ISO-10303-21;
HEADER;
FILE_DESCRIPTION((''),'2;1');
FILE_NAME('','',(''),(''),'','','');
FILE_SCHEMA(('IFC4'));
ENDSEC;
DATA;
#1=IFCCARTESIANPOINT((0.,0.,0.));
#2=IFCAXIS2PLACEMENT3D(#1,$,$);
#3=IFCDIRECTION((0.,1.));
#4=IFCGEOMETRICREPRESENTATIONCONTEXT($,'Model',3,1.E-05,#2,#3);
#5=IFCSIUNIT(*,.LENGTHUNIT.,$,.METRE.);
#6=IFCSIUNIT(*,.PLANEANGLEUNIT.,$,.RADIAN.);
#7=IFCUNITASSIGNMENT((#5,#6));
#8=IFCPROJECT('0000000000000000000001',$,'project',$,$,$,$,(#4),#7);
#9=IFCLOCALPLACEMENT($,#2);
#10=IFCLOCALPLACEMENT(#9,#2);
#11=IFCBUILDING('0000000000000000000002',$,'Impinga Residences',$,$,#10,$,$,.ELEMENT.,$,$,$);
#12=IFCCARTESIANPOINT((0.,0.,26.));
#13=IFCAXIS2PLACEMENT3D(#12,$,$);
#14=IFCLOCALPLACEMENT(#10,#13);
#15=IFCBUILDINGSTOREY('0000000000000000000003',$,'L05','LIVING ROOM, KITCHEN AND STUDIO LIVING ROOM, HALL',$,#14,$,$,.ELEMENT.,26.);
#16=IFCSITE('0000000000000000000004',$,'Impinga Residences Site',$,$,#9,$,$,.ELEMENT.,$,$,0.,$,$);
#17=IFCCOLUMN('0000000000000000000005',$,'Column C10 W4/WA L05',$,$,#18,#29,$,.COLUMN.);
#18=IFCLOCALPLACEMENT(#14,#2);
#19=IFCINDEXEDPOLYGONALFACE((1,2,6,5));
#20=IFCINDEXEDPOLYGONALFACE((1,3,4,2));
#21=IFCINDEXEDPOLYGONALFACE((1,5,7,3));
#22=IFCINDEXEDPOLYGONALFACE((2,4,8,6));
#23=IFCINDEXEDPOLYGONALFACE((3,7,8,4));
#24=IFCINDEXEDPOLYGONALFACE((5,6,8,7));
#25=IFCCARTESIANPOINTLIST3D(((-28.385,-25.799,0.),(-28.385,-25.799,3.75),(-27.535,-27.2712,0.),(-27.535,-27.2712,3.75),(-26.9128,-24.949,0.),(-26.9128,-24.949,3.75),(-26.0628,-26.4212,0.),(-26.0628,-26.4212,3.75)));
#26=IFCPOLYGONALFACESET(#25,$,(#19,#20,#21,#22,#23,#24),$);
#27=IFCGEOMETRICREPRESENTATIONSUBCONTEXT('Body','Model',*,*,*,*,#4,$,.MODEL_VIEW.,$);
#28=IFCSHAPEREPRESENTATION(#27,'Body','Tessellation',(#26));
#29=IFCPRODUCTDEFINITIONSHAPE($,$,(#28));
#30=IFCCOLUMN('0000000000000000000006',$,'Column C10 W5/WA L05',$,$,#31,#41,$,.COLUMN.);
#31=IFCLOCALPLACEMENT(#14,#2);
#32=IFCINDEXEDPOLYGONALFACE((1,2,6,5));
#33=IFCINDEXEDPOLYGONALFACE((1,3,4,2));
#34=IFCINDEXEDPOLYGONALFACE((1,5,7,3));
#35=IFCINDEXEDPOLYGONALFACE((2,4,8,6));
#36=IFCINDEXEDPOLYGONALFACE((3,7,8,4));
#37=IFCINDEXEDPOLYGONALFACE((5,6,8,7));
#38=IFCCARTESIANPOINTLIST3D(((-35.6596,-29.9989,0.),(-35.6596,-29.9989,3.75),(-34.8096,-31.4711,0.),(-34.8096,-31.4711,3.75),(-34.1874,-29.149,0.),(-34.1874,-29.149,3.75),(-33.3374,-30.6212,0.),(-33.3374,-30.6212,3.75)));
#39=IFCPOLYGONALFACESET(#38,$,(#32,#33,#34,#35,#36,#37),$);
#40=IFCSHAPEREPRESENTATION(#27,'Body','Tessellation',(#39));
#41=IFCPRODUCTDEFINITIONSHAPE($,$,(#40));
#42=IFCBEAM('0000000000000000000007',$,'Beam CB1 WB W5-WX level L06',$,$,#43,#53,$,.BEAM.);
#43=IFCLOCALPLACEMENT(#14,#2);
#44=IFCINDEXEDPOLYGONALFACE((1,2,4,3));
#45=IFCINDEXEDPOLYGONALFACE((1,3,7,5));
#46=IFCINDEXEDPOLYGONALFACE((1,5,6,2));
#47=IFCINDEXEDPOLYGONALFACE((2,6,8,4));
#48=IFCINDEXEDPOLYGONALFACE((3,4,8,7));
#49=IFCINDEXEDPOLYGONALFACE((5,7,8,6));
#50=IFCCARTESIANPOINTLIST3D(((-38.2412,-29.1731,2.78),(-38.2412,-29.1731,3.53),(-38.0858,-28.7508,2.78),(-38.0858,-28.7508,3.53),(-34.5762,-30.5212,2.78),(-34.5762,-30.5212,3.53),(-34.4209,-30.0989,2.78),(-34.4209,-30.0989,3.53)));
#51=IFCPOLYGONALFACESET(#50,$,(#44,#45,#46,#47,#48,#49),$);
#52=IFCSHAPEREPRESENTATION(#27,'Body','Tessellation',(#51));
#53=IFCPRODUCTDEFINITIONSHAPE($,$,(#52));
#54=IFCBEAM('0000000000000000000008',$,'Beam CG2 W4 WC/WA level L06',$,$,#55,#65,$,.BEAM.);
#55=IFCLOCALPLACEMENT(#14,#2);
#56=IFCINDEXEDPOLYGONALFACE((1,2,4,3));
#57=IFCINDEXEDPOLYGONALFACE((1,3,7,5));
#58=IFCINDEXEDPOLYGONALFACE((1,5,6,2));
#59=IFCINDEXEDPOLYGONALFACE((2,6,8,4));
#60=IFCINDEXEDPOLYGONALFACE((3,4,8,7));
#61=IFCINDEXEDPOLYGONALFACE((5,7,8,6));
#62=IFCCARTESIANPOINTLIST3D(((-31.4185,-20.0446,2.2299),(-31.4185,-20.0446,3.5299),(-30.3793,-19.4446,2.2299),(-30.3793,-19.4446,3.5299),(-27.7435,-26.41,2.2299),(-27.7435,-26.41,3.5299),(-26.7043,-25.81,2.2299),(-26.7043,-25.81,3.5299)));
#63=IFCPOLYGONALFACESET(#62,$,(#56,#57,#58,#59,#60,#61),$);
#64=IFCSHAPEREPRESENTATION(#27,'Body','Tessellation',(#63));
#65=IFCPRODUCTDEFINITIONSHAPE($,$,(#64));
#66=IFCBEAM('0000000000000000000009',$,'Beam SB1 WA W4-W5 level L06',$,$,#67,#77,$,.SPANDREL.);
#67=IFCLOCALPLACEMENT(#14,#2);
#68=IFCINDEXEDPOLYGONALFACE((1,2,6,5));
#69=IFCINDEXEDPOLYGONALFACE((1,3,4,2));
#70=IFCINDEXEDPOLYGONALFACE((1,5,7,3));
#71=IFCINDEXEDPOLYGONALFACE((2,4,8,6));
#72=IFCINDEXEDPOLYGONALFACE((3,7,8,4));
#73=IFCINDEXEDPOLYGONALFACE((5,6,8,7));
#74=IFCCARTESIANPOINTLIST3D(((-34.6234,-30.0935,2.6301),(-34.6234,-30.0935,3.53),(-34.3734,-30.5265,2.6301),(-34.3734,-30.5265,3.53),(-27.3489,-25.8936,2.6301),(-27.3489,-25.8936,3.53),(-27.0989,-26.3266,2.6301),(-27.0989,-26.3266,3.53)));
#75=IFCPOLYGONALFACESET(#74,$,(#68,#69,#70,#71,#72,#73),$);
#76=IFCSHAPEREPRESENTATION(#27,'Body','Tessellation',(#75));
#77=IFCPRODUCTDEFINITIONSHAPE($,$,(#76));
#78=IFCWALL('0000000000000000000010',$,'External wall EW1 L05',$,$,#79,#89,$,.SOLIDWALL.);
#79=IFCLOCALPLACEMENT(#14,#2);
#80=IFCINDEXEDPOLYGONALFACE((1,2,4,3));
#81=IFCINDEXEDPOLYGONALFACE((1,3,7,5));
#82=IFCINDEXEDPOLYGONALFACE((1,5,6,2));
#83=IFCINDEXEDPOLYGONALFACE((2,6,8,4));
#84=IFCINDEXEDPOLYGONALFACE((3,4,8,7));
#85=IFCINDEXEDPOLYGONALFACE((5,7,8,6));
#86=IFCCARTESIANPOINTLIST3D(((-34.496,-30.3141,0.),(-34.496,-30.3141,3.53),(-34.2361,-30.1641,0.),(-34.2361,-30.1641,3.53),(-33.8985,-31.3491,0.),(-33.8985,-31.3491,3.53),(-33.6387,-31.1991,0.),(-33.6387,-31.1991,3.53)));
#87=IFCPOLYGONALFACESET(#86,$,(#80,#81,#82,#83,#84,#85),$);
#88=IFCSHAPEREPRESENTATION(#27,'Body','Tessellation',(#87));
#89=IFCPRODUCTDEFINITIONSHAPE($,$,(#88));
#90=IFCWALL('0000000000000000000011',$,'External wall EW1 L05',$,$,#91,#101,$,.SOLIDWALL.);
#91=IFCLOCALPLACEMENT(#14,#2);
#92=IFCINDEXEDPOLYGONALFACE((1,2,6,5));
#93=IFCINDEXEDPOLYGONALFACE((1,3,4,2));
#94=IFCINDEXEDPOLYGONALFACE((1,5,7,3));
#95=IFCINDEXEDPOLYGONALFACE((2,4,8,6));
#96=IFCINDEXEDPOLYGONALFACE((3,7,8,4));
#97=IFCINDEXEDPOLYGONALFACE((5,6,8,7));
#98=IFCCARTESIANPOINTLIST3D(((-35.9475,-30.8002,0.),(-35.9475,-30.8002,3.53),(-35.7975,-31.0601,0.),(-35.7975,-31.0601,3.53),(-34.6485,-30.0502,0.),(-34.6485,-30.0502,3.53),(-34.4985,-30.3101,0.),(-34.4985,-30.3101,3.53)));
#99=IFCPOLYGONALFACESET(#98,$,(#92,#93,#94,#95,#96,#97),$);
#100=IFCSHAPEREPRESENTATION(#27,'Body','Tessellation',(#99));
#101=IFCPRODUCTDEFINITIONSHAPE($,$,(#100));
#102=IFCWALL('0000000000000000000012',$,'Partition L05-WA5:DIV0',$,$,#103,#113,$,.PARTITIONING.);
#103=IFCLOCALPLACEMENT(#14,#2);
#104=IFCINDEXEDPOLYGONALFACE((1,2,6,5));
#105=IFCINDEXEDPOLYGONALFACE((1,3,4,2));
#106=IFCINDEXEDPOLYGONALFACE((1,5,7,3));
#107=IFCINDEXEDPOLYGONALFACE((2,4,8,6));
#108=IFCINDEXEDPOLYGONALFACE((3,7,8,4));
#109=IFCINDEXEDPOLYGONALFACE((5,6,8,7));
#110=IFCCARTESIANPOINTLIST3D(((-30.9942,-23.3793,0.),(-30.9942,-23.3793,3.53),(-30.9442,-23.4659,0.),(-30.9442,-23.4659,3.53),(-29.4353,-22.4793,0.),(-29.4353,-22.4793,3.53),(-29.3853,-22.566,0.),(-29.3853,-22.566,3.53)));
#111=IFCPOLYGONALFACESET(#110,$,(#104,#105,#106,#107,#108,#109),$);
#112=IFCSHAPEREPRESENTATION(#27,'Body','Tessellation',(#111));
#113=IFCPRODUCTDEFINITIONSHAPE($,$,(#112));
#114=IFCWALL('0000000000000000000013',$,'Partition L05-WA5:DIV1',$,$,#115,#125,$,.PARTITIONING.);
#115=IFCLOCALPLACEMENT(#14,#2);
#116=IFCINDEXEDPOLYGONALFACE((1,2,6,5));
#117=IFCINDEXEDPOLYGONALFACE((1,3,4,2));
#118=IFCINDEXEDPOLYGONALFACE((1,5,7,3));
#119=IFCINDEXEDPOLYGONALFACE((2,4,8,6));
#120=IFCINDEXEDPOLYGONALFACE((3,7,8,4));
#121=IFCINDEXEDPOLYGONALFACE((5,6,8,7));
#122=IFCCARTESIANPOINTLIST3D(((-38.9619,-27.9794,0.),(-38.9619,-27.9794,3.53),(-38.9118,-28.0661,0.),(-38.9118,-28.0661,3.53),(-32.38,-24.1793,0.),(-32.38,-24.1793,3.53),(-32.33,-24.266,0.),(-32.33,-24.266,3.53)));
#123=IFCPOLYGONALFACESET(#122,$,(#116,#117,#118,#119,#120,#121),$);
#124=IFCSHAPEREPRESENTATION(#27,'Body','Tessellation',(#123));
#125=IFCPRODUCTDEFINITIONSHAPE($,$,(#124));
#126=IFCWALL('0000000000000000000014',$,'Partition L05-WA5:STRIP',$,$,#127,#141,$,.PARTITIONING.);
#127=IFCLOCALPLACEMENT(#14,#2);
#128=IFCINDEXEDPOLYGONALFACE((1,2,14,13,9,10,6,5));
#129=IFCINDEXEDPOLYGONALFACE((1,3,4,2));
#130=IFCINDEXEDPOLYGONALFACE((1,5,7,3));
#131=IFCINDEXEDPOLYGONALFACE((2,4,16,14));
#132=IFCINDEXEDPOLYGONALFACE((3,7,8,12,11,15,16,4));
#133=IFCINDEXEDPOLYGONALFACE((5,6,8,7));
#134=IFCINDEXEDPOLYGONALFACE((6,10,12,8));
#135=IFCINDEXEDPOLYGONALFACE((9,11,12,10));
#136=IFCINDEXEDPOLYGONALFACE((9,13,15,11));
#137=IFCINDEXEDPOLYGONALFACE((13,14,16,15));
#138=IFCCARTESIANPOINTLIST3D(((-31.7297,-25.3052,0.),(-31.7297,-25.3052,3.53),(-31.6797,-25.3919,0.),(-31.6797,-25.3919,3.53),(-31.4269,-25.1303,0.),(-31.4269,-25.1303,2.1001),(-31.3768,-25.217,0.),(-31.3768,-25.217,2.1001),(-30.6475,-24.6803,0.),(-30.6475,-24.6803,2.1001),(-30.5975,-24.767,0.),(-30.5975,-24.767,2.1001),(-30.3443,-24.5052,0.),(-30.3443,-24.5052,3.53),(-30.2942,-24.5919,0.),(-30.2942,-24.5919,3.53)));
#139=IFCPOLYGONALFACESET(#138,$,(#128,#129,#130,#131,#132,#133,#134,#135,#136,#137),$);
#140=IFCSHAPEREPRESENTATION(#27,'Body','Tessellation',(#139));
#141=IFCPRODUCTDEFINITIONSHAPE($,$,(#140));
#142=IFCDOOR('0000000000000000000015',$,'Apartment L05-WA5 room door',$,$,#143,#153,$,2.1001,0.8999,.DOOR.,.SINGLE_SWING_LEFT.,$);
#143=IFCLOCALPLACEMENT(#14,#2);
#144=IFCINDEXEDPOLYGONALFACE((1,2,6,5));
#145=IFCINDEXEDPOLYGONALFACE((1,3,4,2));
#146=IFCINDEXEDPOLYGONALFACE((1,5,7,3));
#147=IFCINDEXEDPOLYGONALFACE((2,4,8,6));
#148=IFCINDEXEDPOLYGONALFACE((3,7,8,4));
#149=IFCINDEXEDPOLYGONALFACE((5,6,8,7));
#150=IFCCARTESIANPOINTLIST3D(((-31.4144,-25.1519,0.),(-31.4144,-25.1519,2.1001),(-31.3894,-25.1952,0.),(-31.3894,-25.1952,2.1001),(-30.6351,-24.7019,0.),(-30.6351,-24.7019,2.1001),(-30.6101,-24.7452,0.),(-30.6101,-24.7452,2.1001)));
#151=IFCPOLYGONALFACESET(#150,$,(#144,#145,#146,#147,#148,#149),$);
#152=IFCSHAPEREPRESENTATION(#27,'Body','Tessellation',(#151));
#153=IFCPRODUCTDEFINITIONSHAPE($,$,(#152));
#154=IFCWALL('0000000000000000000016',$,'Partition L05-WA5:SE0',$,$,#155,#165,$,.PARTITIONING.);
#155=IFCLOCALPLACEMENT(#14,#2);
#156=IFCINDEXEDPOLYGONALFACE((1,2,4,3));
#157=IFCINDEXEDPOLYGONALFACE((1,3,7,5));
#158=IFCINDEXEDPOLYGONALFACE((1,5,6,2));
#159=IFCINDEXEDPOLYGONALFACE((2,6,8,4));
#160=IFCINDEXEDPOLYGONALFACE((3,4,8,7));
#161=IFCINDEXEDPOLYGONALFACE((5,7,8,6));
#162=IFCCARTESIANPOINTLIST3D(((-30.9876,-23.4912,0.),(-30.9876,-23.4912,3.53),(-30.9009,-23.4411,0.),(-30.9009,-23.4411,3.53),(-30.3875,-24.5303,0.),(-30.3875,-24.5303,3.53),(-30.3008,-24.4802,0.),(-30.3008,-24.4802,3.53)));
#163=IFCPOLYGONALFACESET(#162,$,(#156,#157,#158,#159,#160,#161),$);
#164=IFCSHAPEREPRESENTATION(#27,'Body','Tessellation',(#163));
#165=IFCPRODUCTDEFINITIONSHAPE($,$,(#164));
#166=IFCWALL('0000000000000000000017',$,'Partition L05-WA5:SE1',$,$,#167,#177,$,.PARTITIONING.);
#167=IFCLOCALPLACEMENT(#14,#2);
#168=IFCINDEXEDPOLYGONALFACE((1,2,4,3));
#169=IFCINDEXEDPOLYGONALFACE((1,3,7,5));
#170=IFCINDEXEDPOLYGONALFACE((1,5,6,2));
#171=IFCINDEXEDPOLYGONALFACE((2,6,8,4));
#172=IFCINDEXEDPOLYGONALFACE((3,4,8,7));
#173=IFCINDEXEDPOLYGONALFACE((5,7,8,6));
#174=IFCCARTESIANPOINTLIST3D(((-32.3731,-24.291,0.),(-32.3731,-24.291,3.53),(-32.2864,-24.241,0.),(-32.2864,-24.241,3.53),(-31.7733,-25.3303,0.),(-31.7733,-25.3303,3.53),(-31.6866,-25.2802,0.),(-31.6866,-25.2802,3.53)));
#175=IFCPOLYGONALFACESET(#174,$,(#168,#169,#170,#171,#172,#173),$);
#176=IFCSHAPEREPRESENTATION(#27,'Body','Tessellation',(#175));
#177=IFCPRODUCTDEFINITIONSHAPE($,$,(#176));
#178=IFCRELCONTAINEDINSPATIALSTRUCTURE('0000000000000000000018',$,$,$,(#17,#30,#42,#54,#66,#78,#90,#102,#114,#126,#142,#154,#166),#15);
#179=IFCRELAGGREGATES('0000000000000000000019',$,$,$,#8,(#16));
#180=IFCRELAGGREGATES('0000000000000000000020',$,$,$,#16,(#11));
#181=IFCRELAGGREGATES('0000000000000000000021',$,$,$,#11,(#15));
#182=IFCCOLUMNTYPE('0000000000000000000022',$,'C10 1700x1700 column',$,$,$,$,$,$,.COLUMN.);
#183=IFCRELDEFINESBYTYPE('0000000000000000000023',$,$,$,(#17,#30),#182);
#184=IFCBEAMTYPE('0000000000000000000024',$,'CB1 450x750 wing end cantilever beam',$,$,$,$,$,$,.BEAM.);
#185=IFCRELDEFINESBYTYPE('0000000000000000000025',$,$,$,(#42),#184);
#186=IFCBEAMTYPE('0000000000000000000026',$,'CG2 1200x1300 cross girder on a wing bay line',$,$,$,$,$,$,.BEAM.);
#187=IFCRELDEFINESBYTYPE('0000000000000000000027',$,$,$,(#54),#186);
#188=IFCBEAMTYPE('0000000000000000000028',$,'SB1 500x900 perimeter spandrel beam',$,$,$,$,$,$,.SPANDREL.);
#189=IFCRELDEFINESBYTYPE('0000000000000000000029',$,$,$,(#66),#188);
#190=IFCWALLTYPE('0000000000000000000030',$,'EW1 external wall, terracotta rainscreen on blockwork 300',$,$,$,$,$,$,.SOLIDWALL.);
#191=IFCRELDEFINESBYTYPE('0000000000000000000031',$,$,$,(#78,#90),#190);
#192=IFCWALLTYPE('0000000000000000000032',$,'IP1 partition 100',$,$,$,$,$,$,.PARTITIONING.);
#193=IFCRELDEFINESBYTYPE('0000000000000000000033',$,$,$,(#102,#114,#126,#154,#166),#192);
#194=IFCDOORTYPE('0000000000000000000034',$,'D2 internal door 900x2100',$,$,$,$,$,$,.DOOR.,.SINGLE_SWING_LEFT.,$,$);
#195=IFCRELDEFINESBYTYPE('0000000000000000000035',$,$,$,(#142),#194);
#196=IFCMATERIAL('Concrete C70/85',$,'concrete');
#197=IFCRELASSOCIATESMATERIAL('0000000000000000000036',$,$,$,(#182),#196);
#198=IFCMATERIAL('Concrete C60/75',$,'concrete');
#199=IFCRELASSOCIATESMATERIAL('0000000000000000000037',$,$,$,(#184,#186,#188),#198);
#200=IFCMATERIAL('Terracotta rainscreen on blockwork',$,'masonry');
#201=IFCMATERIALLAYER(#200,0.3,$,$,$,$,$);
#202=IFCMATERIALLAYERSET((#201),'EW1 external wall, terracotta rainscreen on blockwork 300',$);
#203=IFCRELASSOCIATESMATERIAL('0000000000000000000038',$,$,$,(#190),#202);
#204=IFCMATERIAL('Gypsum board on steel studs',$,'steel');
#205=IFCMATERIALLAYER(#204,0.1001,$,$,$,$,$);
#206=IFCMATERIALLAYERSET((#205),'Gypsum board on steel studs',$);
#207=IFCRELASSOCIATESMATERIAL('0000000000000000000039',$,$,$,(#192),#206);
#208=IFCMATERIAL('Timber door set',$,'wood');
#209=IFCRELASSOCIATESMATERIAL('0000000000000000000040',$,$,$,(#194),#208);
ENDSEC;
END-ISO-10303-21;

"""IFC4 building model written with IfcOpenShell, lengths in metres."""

from ifc_helpers import new_model, si_unit, direction, frame, frame_2d, origin, origin_2d, place, context, subcontext, project, spatial, rectangle, extrude, material, layer, layer_set, material_profile, profile_set, type_object, element, fill, save


model = new_model("IFC4")

# Units and contexts
model_context = context("Model", 3, precision=1e-05, world=origin(), true_north=direction((0.0, 1.0)))
body_context = subcontext(model_context, "Body", "Model", "MODEL_VIEW")
ifc_project = project(units=[si_unit("LENGTHUNIT", "METRE"), si_unit("PLANEANGLEUNIT", "RADIAN")], contexts=[model_context])

# Site, building, storey
site_placement = place(None, origin())
site = spatial("IfcSite", under=ifc_project, at=site_placement, Name="Impinga Residences Site", CompositionType="ELEMENT", RefElevation=0.0)
building_placement = place(site_placement, origin())
building = spatial("IfcBuilding", under=site, at=building_placement, Name="Impinga Residences", CompositionType="ELEMENT")
storey_placement = place(building_placement, frame((0.0, 0.0, 26.0)))
storey = spatial("IfcBuildingStorey", under=building, at=storey_placement, Name="L05", Description="LIVING ROOM, KITCHEN AND STUDIO LIVING ROOM, HALL", CompositionType="ELEMENT", Elevation=26.0)

# Columns
ifc_material_1 = material(Name="Concrete C70/85", Category="concrete")
ifc_material_profile_1 = material_profile(ifc_material_1, rectangle(XDim=1.7, YDim=1.7, at=origin_2d()), Name="RC 1700x1700")
ifc_profile_set_1 = profile_set([ifc_material_profile_1], Name="Concrete C70/85")
column_type = type_object("IfcColumnType", Name="C10 1700x1700 column", PredefinedType="COLUMN", material=ifc_profile_set_1)
for number, where, z_axis, x_axis, name in (
    (1, (-27.2239, -26.1101, 0.0), (0.0, 0.0, 1.0), (-0.5, 0.866025, 0.0), "Column C10 W4/WA L05"),
    (2, (-34.4985, -30.3101, 0.0), (0.0, 0.0, 1.0), (-0.5, 0.866025, 0.0), "Column C10 W5/WA L05"),
):
    element("IfcColumn", number, at=place(storey_placement, frame(where, z_axis=z_axis, x_axis=x_axis)), inside=storey, type_object=column_type, Name=name, PredefinedType="COLUMN", context=body_context, shape_type="SweptSolid", body=[
        extrude(rectangle(XDim=1.7, YDim=1.7, at=origin_2d()), origin(), (0.0, 0.0, 1.0), 3.75),
    ])

# Beams
ifc_material_2 = material(Name="Concrete C60/75", Category="concrete")
ifc_material_profile_2 = material_profile(ifc_material_2, rectangle(XDim=0.45, YDim=0.75, at=origin_2d()), Name="RC 450x750")
ifc_profile_set_2 = profile_set([ifc_material_profile_2], Name="Concrete C60/75")
beam_type_1 = type_object("IfcBeamType", Name="CB1 450x750 wing end cantilever beam", PredefinedType="BEAM", material=ifc_profile_set_2)
beam_1_placement = place(storey_placement, frame((-34.4985, -30.3101, 3.155), z_axis=(-0.93852, 0.345224, 0.0), x_axis=(-0.345224, -0.93852, 0.0)))
element("IfcBeam", 3, at=beam_1_placement, inside=storey, type_object=beam_type_1, Name="Beam CB1 WB W5-WX level L06", PredefinedType="BEAM", context=body_context, shape_type="SweptSolid", body=[
    extrude(rectangle(XDim=0.45, YDim=0.75, at=origin_2d()), origin(), (0.0, 0.0, 1.0), 3.905),
])
ifc_material_profile_3 = material_profile(ifc_material_2, rectangle(XDim=1.2, YDim=1.3, at=origin_2d()), Name="RC 1200x1300")
ifc_profile_set_3 = profile_set([ifc_material_profile_3], Name="Concrete C60/75")
beam_type_2 = type_object("IfcBeamType", Name="CG2 1200x1300 cross girder on a wing bay line", PredefinedType="BEAM", material=ifc_profile_set_3)
beam_2_placement = place(storey_placement, frame((-30.8989, -19.7446, 2.8799), z_axis=(0.499994, -0.866029, 0.0), x_axis=(0.866029, 0.499994, 0.0)))
element("IfcBeam", 4, at=beam_2_placement, inside=storey, type_object=beam_type_2, Name="Beam CG2 W4 WC/WA level L06", PredefinedType="BEAM", context=body_context, shape_type="SweptSolid", body=[
    extrude(rectangle(XDim=1.2, YDim=1.3, at=origin_2d()), origin(), (0.0, 0.0, 1.0), 7.3501),
])
ifc_material_profile_4 = material_profile(ifc_material_2, rectangle(XDim=0.5, YDim=0.8999, at=origin_2d()), Name="RC 500x900")
ifc_profile_set_4 = profile_set([ifc_material_profile_4], Name="Concrete C60/75")
beam_type_3 = type_object("IfcBeamType", Name="SB1 500x900 perimeter spandrel beam", PredefinedType="SPANDREL", material=ifc_profile_set_4)
beam_3_placement = place(storey_placement, frame((-27.2239, -26.1101, 3.0801), z_axis=(-0.866029, -0.499993, 0.0), x_axis=(0.499993, -0.866029, 0.0)))
element("IfcBeam", 5, at=beam_3_placement, inside=storey, type_object=beam_type_3, Name="Beam SB1 WA W4-W5 level L06", PredefinedType="SPANDREL", context=body_context, shape_type="SweptSolid", body=[
    extrude(rectangle(XDim=0.5, YDim=0.8999, at=origin_2d()), origin(), (0.0, 0.0, 1.0), 8.3999),
])

# Walls
ifc_material_3 = material(Name="Terracotta rainscreen on blockwork", Category="masonry")
ifc_layer_1 = layer(ifc_material_3, 0.3)
ifc_layer_set_1 = layer_set([ifc_layer_1], Name="EW1 external wall, terracotta rainscreen on blockwork 300")
wall_type_1 = type_object("IfcWallType", Name="EW1 external wall, terracotta rainscreen on blockwork 300", PredefinedType="SOLIDWALL", material=ifc_layer_set_1)
wall_1_placement = place(storey_placement, frame((-33.7686, -31.2742, 0.0), z_axis=(0.0, 0.0, 1.0), x_axis=(-0.499941, 0.86606, 0.0)))
element("IfcWall", 6, at=wall_1_placement, inside=storey, type_object=wall_type_1, Name="External wall EW1 L05", PredefinedType="SOLIDWALL", context=body_context, shape_type="SweptSolid", body=[
    extrude(rectangle(XDim=1.1951, YDim=0.3, at=frame_2d((0.5977, 0.0))), origin(), (0.0, 0.0, 1.0), 3.53),
])
wall_2_placement = place(storey_placement, frame((-34.5735, -30.1802, 0.0), z_axis=(0.0, 0.0, 1.0), x_axis=(-0.866031, -0.49999, 0.0)))
element("IfcWall", 7, at=wall_2_placement, inside=storey, type_object=wall_type_1, Name="External wall EW1 L05", PredefinedType="SOLIDWALL", context=body_context, shape_type="SweptSolid", body=[
    extrude(rectangle(XDim=1.5, YDim=0.3, at=frame_2d((0.75, 0.0))), origin(), (0.0, 0.0, 1.0), 3.53),
])
ifc_material_4 = material(Name="Gypsum board on steel studs", Category="steel")
ifc_layer_2 = layer(ifc_material_4, 0.1001)
ifc_layer_set_2 = layer_set([ifc_layer_2], Name="Gypsum board on steel studs")
wall_type_2 = type_object("IfcWallType", Name="IP1 partition 100", PredefinedType="PARTITIONING", material=ifc_layer_set_2)
wall_3_placement = place(storey_placement, frame((-29.4104, -22.5227, 0.0), z_axis=(0.0, 0.0, 1.0), x_axis=(-0.866048, -0.499961, 0.0)))
element("IfcWall", 8, at=wall_3_placement, inside=storey, type_object=wall_type_2, Name="Partition L05-WA5:DIV0", PredefinedType="PARTITIONING", context=body_context, shape_type="SweptSolid", body=[
    extrude(rectangle(XDim=1.8, YDim=0.1001, at=frame_2d((0.8999, 0.0))), origin(), (0.0, 0.0, 1.0), 3.53),
])
wall_4_placement = place(storey_placement, frame((-32.355, -24.2227, 0.0), z_axis=(0.0, 0.0, 1.0), x_axis=(-0.866022, -0.500005, 0.0)))
element("IfcWall", 9, at=wall_4_placement, inside=storey, type_object=wall_type_2, Name="Partition L05-WA5:DIV1", PredefinedType="PARTITIONING", context=body_context, shape_type="SweptSolid", body=[
    extrude(rectangle(XDim=7.6001, YDim=0.1001, at=frame_2d((3.8, 0.0))), origin(), (0.0, 0.0, 1.0), 3.53),
])

# Wall, opening, door
wall_5_placement = place(storey_placement, frame((-30.3193, -24.5486, 0.0), z_axis=(0.0, 0.0, 1.0), x_axis=(-0.86599, -0.500061, 0.0)))
wall_5 = element("IfcWall", 10, at=wall_5_placement, inside=storey, type_object=wall_type_2, Name="Partition L05-WA5:STRIP", PredefinedType="PARTITIONING", context=body_context, shape_type="SweptSolid", body=[
    extrude(rectangle(XDim=1.5999, YDim=0.1001, at=frame_2d((0.7998, 0.0))), origin(), (0.0, 0.0, 1.0), 3.53),
])
opening_1_placement = place(wall_5_placement, frame((0.3501, 0.0, 0.0)))
opening_1 = element("IfcOpeningElement", 11, at=opening_1_placement, cuts=wall_5, PredefinedType="OPENING", context=body_context, shape_type="SweptSolid", body=[
    extrude(rectangle(XDim=0.8999, YDim=2.1001, at=frame_2d((0.45, 1.05))), frame((0.0, 0.0601, 0.0), z_axis=(0.0, -1.0, 0.0), x_axis=(1.0, 0.0, 0.0)), (0.0, 0.0, 1.0), 0.1201),
])
ifc_material_5 = material(Name="Timber door set", Category="wood")
door_type = type_object("IfcDoorType", Name="D2 internal door 900x2100", OperationType="SINGLE_SWING_LEFT", PredefinedType="DOOR", material=ifc_material_5)
door_1_placement = place(opening_1_placement, origin())
door_1 = element("IfcDoor", 12, at=door_1_placement, inside=storey, type_object=door_type, Name="Apartment L05-WA5 room door", OperationType="SINGLE_SWING_LEFT", OverallHeight=2.1001, OverallWidth=0.8999, PredefinedType="DOOR", context=body_context, shape_type="SweptSolid", body=[
    extrude(rectangle(XDim=0.8999, YDim=2.1001, at=frame_2d((0.45, 1.05))), frame((0.0, 0.0249, 0.0), z_axis=(0.0, -1.0, 0.0), x_axis=(1.0, 0.0, 0.0)), (0.0, 0.0, 1.0), 0.05),
])
fill(opening_1, door_1)

# Walls
for number, where, z_axis, x_axis, name in (
    (13, (-30.9443, -23.4661, 0.0), (0.0, 0.0, 1.0), (0.500122, -0.865955, 0.0), "Partition L05-WA5:SE0"),
    (14, (-32.3298, -24.2659, 0.0), (0.0, 0.0, 1.0), (0.499881, -0.866094, 0.0), "Partition L05-WA5:SE1"),
):
    element("IfcWall", number, at=place(storey_placement, frame(where, z_axis=z_axis, x_axis=x_axis)), inside=storey, type_object=wall_type_2, Name=name, PredefinedType="PARTITIONING", context=body_context, shape_type="SweptSolid", body=[
        extrude(rectangle(XDim=1.2, YDim=0.1001, at=frame_2d((0.6001, 0.0))), origin(), (0.0, 0.0, 1.0), 3.53),
    ])

save(model, "model.ifc")
